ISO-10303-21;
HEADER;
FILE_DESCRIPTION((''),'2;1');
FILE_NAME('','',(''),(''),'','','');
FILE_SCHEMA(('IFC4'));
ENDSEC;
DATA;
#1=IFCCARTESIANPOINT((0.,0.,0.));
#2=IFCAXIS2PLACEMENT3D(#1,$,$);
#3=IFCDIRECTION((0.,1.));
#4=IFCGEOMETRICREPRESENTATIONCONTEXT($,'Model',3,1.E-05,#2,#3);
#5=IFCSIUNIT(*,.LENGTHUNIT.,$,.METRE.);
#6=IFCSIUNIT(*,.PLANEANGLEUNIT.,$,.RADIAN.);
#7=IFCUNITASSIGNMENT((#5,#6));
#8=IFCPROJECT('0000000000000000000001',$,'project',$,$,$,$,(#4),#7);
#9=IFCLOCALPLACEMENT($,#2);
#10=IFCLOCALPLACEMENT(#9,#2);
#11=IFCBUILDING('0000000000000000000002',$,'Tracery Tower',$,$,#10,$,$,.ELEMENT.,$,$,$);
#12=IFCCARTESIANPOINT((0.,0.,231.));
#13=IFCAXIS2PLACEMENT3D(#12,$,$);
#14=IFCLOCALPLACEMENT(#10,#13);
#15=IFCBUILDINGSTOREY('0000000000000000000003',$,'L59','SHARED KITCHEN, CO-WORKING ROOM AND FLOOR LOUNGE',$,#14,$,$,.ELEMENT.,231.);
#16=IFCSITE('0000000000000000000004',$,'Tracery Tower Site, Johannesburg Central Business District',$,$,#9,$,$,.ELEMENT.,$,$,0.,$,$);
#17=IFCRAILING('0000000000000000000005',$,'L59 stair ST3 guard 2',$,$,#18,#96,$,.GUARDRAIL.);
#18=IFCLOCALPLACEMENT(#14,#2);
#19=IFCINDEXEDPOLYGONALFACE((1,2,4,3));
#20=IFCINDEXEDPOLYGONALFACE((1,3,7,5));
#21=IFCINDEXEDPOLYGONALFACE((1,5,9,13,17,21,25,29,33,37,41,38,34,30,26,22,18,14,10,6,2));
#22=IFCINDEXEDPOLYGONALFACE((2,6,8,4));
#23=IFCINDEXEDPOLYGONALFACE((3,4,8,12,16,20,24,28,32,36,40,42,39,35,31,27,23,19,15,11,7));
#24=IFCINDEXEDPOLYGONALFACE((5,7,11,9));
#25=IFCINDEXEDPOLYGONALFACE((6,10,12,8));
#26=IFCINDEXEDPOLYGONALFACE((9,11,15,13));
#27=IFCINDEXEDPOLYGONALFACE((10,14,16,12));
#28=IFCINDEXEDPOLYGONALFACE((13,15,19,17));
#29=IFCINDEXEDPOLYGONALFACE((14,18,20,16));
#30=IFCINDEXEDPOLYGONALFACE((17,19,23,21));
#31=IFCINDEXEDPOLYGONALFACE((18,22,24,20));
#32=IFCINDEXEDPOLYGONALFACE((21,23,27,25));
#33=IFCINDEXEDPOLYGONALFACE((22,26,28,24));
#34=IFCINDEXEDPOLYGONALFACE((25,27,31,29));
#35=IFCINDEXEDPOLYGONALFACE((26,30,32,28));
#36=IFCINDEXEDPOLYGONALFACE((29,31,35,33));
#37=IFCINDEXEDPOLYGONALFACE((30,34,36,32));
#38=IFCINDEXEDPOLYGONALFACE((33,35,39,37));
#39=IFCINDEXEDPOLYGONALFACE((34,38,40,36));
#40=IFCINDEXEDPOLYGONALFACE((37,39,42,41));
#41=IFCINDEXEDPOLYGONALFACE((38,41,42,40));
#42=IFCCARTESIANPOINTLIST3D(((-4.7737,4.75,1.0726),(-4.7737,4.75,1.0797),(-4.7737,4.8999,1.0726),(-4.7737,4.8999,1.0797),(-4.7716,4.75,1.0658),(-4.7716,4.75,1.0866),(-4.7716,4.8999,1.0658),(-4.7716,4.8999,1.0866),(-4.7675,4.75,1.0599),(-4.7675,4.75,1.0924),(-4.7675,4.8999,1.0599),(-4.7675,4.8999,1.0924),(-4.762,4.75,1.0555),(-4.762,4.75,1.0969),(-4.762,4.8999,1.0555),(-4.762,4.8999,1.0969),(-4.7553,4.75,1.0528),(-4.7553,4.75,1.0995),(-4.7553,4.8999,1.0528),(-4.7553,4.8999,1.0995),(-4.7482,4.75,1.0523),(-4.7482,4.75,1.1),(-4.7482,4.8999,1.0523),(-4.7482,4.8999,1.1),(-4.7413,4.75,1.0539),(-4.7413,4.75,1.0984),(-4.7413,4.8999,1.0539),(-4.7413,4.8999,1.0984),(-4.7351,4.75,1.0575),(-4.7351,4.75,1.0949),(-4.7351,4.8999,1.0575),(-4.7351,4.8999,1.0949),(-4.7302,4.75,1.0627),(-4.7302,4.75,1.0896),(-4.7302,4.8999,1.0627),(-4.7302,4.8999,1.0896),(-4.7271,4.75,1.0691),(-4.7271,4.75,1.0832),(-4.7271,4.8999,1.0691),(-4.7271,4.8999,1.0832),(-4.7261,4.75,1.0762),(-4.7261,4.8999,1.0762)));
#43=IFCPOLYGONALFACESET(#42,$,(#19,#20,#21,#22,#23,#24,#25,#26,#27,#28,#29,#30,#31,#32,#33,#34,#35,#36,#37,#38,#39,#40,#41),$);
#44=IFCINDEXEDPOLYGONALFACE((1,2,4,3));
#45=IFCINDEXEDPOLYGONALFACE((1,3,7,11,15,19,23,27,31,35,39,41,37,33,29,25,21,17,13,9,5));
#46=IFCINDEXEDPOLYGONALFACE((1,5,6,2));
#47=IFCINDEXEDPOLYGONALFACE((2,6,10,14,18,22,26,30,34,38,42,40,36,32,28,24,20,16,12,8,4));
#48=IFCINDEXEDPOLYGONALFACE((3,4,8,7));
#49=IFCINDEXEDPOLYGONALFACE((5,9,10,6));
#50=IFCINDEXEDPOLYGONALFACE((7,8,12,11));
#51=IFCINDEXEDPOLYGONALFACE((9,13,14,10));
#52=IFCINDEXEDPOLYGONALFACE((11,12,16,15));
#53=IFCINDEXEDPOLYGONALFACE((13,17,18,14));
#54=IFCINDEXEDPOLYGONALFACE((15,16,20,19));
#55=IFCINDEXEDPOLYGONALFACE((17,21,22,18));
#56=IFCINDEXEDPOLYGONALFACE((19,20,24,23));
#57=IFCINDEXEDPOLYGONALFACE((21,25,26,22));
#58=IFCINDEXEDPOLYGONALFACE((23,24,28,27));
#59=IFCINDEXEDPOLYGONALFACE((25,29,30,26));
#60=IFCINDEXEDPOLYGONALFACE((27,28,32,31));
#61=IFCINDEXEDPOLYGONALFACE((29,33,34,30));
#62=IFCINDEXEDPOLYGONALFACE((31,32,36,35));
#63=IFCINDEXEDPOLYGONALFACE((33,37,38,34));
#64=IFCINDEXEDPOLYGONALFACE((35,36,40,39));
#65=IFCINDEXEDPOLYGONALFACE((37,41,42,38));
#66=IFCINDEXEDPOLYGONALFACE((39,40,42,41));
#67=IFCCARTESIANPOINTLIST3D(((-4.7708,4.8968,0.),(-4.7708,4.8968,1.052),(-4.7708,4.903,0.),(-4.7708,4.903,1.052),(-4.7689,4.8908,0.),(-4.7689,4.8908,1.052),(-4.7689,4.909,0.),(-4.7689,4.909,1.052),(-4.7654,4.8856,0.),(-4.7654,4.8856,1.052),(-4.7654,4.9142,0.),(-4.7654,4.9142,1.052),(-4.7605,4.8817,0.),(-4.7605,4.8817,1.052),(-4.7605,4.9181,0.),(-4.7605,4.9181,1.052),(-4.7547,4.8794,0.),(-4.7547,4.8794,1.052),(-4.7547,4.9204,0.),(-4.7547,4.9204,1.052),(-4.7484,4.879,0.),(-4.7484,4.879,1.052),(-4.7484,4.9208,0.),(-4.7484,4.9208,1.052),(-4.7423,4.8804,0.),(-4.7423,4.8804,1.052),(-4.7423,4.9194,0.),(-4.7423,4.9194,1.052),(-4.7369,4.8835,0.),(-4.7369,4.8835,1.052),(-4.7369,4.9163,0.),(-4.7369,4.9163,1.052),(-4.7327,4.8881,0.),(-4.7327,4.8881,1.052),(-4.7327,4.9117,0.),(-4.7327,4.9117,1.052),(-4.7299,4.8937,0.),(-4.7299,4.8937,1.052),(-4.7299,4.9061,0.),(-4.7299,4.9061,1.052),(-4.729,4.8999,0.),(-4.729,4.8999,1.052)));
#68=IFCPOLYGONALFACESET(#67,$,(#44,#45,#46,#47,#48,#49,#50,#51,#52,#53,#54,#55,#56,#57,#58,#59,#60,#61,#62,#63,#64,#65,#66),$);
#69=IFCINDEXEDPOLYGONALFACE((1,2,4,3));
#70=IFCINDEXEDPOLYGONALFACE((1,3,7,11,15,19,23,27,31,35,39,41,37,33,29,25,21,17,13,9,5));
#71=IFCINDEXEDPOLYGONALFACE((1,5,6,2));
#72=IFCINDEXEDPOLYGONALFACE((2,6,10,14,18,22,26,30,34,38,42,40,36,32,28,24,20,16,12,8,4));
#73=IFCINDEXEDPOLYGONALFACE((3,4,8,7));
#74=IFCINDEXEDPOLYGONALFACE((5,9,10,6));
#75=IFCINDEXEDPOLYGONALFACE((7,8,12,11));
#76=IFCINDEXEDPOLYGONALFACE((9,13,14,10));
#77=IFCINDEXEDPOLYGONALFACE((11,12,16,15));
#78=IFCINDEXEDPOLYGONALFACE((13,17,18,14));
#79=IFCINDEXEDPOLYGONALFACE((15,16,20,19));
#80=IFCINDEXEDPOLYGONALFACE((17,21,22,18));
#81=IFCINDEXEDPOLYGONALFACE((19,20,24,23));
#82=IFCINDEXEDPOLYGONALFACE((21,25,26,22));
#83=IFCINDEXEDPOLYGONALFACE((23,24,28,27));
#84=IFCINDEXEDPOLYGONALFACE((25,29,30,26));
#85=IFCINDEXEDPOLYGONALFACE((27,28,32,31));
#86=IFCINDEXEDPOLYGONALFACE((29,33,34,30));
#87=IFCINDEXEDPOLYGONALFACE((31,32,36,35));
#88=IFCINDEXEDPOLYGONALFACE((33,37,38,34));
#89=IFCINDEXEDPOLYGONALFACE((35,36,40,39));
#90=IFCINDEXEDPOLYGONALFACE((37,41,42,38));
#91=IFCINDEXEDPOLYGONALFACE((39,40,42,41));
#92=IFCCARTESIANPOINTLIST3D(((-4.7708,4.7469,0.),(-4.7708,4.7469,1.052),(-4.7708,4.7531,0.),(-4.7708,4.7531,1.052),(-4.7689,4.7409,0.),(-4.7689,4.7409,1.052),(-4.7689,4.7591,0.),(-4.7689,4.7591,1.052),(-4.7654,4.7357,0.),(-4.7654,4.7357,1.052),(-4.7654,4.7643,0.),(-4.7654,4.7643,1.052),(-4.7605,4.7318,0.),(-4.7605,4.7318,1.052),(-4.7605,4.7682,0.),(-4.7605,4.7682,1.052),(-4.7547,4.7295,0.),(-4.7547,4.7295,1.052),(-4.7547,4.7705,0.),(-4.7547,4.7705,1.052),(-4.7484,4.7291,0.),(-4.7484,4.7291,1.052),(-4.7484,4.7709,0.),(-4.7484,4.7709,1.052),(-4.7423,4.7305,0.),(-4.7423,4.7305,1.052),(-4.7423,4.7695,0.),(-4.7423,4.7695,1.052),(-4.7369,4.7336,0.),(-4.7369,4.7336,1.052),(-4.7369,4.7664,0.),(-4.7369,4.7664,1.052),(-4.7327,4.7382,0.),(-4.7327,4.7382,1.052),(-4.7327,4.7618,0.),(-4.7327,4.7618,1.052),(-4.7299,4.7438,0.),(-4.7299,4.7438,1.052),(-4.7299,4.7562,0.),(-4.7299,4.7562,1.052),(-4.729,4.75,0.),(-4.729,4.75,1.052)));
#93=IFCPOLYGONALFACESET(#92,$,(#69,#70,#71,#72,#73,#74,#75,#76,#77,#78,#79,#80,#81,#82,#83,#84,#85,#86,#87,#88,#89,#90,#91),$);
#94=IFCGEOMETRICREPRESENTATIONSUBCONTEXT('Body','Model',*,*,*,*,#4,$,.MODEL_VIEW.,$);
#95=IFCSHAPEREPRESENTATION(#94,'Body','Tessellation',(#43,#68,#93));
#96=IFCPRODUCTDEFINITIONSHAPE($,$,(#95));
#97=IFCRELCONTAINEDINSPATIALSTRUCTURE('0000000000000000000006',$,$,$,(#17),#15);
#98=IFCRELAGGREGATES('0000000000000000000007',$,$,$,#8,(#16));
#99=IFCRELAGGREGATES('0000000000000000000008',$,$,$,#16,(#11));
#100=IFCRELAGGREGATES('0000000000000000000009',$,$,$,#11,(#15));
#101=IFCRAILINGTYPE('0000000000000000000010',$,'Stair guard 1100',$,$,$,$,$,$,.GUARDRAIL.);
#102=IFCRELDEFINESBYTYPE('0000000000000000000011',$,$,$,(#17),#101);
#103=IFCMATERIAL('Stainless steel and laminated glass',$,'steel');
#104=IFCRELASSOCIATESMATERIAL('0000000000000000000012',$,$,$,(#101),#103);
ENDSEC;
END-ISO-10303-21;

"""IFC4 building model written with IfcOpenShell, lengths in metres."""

from ifc_helpers import new_model, si_unit, direction, frame, origin, origin_2d, place, context, subcontext, project, spatial, circle, extrude, material, type_object, element, save


model = new_model("IFC4")

# Units and contexts
model_context = context("Model", 3, precision=1e-05, world=origin(), true_north=direction((0.0, 1.0)))
body_context = subcontext(model_context, "Body", "Model", "MODEL_VIEW")
ifc_project = project(units=[si_unit("LENGTHUNIT", "METRE"), si_unit("PLANEANGLEUNIT", "RADIAN")], contexts=[model_context])

# Site, building, storey
site_placement = place(None, origin())
site = spatial("IfcSite", under=ifc_project, at=site_placement, Name="Tracery Tower Site, Johannesburg Central Business District", CompositionType="ELEMENT", RefElevation=0.0)
building_placement = place(site_placement, origin())
building = spatial("IfcBuilding", under=site, at=building_placement, Name="Tracery Tower", CompositionType="ELEMENT")
storey_placement = place(building_placement, frame((0.0, 0.0, 231.0)))
storey = spatial("IfcBuildingStorey", under=building, at=storey_placement, Name="L59", Description="SHARED KITCHEN, CO-WORKING ROOM AND FLOOR LOUNGE", CompositionType="ELEMENT", Elevation=231.0)

# Railing
ifc_material_1 = material(Name="Stainless steel and laminated glass", Category="steel")
railing_type_1 = type_object("IfcRailingType", Name="Stair guard 1100", PredefinedType="GUARDRAIL", material=ifc_material_1)
railing_1_placement = place(storey_placement, frame((-4.75, 4.8999, 0.0)))
element("IfcRailing", 1, at=railing_1_placement, inside=storey, type_object=railing_type_1, Name="L59 stair ST3 guard 2", PredefinedType="GUARDRAIL", context=body_context, shape_type="SweptSolid", body=[
    extrude(circle(Radius=0.0239, at=origin_2d()), frame((0.0, 0.0, 1.0762), z_axis=(0.0, -1.0, 0.0), x_axis=(1.0, 0.0, 0.0)), (0.0, 0.0, 1.0), 0.1499),
    extrude(circle(Radius=0.021, at=origin_2d()), origin(), (0.0, 0.0, 1.0), 1.052),
    extrude(circle(Radius=0.021, at=origin_2d()), frame((0.0, -0.1499, 0.0)), (0.0, 0.0, 1.0), 1.052),
])

save(model, "model.ifc")
